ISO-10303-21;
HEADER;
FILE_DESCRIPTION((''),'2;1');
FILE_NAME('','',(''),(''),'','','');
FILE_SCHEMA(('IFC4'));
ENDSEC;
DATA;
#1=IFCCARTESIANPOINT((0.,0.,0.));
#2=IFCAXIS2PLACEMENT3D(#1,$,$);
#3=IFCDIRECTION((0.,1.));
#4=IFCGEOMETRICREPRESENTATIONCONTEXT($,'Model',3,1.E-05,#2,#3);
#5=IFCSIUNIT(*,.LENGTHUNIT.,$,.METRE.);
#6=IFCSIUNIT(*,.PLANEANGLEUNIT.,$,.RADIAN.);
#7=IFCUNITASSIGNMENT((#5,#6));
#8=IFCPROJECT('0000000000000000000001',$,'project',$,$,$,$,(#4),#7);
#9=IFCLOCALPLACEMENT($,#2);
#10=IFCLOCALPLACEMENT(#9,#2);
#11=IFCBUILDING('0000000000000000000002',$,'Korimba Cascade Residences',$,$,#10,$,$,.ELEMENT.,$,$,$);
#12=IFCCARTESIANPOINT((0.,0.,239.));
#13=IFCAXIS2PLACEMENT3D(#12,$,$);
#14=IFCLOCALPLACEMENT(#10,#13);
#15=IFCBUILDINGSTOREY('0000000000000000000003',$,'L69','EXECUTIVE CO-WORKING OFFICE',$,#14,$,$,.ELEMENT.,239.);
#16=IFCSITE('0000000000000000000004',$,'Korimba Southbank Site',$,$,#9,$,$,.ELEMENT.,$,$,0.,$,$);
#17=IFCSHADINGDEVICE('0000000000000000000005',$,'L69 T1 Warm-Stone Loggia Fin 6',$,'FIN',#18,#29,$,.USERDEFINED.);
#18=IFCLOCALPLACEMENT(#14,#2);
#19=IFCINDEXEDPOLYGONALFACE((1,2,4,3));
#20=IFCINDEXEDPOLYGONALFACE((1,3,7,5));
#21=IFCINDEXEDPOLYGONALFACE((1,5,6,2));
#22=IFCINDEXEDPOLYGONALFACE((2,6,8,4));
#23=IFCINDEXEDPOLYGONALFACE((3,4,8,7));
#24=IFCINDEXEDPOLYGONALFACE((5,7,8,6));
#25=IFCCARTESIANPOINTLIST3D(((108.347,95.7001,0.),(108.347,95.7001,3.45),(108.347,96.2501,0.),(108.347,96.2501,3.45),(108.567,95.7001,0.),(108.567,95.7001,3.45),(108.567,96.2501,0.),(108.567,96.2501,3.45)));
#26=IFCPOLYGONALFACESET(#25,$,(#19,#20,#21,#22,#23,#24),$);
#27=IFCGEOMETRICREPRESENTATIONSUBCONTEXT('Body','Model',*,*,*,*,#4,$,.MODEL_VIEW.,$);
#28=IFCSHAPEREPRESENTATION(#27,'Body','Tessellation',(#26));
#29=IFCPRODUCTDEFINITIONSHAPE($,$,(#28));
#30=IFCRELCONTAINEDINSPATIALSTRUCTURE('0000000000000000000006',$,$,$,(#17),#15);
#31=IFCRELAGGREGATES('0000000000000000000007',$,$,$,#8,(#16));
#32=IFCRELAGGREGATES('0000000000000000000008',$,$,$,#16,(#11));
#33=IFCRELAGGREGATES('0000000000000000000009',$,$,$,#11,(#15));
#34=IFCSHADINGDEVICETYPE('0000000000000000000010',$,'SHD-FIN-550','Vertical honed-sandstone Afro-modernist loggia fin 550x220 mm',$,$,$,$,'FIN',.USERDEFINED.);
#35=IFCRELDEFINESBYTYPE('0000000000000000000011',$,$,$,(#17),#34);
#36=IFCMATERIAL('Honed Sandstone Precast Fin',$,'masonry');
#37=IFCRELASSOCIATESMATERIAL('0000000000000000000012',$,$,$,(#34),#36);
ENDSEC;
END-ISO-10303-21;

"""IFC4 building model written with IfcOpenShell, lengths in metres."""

from ifc_helpers import new_model, si_unit, direction, frame, origin, origin_2d, place, context, subcontext, project, spatial, rectangle, extrude, material, type_object, element, save


model = new_model("IFC4")

# Units and contexts
model_context = context("Model", 3, precision=1e-05, world=origin(), true_north=direction((0.0, 1.0)))
body_context = subcontext(model_context, "Body", "Model", "MODEL_VIEW")
ifc_project = project(units=[si_unit("LENGTHUNIT", "METRE"), si_unit("PLANEANGLEUNIT", "RADIAN")], contexts=[model_context])

# Site, building, storey
site_placement = place(None, origin())
site = spatial("IfcSite", under=ifc_project, at=site_placement, Name="Korimba Southbank Site", CompositionType="ELEMENT", RefElevation=0.0)
building_placement = place(site_placement, origin())
building = spatial("IfcBuilding", under=site, at=building_placement, Name="Korimba Cascade Residences", CompositionType="ELEMENT")
storey_placement = place(building_placement, frame((0.0, 0.0, 239.0)))
storey = spatial("IfcBuildingStorey", under=building, at=storey_placement, Name="L69", Description="EXECUTIVE CO-WORKING OFFICE", CompositionType="ELEMENT", Elevation=239.0)

# Shading device
ifc_material_1 = material(Name="Honed Sandstone Precast Fin", Category="masonry")
shading_device_type = type_object("IfcShadingDeviceType", Name="SHD-FIN-550", Description="Vertical honed-sandstone Afro-modernist loggia fin 550x220 mm", ElementType="FIN", PredefinedType="USERDEFINED", material=ifc_material_1)
for number, where, z_axis, x_axis, name in (
    (1, (108.457, 95.9751, 0.0), (0.0, 0.0, 1.0), (1.0, 0.0, 0.0), "L69 T1 Warm-Stone Loggia Fin 6"),
):
    element("IfcShadingDevice", number, at=place(storey_placement, frame(where, z_axis=z_axis, x_axis=x_axis)), inside=storey, type_object=shading_device_type, Name=name, ObjectType="FIN", PredefinedType="USERDEFINED", context=body_context, shape_type="SweptSolid", body=[
        extrude(rectangle(XDim=0.22, YDim=0.55, at=origin_2d()), origin(), (0.0, 0.0, 1.0), 3.45),
    ])

save(model, "model.ifc")
